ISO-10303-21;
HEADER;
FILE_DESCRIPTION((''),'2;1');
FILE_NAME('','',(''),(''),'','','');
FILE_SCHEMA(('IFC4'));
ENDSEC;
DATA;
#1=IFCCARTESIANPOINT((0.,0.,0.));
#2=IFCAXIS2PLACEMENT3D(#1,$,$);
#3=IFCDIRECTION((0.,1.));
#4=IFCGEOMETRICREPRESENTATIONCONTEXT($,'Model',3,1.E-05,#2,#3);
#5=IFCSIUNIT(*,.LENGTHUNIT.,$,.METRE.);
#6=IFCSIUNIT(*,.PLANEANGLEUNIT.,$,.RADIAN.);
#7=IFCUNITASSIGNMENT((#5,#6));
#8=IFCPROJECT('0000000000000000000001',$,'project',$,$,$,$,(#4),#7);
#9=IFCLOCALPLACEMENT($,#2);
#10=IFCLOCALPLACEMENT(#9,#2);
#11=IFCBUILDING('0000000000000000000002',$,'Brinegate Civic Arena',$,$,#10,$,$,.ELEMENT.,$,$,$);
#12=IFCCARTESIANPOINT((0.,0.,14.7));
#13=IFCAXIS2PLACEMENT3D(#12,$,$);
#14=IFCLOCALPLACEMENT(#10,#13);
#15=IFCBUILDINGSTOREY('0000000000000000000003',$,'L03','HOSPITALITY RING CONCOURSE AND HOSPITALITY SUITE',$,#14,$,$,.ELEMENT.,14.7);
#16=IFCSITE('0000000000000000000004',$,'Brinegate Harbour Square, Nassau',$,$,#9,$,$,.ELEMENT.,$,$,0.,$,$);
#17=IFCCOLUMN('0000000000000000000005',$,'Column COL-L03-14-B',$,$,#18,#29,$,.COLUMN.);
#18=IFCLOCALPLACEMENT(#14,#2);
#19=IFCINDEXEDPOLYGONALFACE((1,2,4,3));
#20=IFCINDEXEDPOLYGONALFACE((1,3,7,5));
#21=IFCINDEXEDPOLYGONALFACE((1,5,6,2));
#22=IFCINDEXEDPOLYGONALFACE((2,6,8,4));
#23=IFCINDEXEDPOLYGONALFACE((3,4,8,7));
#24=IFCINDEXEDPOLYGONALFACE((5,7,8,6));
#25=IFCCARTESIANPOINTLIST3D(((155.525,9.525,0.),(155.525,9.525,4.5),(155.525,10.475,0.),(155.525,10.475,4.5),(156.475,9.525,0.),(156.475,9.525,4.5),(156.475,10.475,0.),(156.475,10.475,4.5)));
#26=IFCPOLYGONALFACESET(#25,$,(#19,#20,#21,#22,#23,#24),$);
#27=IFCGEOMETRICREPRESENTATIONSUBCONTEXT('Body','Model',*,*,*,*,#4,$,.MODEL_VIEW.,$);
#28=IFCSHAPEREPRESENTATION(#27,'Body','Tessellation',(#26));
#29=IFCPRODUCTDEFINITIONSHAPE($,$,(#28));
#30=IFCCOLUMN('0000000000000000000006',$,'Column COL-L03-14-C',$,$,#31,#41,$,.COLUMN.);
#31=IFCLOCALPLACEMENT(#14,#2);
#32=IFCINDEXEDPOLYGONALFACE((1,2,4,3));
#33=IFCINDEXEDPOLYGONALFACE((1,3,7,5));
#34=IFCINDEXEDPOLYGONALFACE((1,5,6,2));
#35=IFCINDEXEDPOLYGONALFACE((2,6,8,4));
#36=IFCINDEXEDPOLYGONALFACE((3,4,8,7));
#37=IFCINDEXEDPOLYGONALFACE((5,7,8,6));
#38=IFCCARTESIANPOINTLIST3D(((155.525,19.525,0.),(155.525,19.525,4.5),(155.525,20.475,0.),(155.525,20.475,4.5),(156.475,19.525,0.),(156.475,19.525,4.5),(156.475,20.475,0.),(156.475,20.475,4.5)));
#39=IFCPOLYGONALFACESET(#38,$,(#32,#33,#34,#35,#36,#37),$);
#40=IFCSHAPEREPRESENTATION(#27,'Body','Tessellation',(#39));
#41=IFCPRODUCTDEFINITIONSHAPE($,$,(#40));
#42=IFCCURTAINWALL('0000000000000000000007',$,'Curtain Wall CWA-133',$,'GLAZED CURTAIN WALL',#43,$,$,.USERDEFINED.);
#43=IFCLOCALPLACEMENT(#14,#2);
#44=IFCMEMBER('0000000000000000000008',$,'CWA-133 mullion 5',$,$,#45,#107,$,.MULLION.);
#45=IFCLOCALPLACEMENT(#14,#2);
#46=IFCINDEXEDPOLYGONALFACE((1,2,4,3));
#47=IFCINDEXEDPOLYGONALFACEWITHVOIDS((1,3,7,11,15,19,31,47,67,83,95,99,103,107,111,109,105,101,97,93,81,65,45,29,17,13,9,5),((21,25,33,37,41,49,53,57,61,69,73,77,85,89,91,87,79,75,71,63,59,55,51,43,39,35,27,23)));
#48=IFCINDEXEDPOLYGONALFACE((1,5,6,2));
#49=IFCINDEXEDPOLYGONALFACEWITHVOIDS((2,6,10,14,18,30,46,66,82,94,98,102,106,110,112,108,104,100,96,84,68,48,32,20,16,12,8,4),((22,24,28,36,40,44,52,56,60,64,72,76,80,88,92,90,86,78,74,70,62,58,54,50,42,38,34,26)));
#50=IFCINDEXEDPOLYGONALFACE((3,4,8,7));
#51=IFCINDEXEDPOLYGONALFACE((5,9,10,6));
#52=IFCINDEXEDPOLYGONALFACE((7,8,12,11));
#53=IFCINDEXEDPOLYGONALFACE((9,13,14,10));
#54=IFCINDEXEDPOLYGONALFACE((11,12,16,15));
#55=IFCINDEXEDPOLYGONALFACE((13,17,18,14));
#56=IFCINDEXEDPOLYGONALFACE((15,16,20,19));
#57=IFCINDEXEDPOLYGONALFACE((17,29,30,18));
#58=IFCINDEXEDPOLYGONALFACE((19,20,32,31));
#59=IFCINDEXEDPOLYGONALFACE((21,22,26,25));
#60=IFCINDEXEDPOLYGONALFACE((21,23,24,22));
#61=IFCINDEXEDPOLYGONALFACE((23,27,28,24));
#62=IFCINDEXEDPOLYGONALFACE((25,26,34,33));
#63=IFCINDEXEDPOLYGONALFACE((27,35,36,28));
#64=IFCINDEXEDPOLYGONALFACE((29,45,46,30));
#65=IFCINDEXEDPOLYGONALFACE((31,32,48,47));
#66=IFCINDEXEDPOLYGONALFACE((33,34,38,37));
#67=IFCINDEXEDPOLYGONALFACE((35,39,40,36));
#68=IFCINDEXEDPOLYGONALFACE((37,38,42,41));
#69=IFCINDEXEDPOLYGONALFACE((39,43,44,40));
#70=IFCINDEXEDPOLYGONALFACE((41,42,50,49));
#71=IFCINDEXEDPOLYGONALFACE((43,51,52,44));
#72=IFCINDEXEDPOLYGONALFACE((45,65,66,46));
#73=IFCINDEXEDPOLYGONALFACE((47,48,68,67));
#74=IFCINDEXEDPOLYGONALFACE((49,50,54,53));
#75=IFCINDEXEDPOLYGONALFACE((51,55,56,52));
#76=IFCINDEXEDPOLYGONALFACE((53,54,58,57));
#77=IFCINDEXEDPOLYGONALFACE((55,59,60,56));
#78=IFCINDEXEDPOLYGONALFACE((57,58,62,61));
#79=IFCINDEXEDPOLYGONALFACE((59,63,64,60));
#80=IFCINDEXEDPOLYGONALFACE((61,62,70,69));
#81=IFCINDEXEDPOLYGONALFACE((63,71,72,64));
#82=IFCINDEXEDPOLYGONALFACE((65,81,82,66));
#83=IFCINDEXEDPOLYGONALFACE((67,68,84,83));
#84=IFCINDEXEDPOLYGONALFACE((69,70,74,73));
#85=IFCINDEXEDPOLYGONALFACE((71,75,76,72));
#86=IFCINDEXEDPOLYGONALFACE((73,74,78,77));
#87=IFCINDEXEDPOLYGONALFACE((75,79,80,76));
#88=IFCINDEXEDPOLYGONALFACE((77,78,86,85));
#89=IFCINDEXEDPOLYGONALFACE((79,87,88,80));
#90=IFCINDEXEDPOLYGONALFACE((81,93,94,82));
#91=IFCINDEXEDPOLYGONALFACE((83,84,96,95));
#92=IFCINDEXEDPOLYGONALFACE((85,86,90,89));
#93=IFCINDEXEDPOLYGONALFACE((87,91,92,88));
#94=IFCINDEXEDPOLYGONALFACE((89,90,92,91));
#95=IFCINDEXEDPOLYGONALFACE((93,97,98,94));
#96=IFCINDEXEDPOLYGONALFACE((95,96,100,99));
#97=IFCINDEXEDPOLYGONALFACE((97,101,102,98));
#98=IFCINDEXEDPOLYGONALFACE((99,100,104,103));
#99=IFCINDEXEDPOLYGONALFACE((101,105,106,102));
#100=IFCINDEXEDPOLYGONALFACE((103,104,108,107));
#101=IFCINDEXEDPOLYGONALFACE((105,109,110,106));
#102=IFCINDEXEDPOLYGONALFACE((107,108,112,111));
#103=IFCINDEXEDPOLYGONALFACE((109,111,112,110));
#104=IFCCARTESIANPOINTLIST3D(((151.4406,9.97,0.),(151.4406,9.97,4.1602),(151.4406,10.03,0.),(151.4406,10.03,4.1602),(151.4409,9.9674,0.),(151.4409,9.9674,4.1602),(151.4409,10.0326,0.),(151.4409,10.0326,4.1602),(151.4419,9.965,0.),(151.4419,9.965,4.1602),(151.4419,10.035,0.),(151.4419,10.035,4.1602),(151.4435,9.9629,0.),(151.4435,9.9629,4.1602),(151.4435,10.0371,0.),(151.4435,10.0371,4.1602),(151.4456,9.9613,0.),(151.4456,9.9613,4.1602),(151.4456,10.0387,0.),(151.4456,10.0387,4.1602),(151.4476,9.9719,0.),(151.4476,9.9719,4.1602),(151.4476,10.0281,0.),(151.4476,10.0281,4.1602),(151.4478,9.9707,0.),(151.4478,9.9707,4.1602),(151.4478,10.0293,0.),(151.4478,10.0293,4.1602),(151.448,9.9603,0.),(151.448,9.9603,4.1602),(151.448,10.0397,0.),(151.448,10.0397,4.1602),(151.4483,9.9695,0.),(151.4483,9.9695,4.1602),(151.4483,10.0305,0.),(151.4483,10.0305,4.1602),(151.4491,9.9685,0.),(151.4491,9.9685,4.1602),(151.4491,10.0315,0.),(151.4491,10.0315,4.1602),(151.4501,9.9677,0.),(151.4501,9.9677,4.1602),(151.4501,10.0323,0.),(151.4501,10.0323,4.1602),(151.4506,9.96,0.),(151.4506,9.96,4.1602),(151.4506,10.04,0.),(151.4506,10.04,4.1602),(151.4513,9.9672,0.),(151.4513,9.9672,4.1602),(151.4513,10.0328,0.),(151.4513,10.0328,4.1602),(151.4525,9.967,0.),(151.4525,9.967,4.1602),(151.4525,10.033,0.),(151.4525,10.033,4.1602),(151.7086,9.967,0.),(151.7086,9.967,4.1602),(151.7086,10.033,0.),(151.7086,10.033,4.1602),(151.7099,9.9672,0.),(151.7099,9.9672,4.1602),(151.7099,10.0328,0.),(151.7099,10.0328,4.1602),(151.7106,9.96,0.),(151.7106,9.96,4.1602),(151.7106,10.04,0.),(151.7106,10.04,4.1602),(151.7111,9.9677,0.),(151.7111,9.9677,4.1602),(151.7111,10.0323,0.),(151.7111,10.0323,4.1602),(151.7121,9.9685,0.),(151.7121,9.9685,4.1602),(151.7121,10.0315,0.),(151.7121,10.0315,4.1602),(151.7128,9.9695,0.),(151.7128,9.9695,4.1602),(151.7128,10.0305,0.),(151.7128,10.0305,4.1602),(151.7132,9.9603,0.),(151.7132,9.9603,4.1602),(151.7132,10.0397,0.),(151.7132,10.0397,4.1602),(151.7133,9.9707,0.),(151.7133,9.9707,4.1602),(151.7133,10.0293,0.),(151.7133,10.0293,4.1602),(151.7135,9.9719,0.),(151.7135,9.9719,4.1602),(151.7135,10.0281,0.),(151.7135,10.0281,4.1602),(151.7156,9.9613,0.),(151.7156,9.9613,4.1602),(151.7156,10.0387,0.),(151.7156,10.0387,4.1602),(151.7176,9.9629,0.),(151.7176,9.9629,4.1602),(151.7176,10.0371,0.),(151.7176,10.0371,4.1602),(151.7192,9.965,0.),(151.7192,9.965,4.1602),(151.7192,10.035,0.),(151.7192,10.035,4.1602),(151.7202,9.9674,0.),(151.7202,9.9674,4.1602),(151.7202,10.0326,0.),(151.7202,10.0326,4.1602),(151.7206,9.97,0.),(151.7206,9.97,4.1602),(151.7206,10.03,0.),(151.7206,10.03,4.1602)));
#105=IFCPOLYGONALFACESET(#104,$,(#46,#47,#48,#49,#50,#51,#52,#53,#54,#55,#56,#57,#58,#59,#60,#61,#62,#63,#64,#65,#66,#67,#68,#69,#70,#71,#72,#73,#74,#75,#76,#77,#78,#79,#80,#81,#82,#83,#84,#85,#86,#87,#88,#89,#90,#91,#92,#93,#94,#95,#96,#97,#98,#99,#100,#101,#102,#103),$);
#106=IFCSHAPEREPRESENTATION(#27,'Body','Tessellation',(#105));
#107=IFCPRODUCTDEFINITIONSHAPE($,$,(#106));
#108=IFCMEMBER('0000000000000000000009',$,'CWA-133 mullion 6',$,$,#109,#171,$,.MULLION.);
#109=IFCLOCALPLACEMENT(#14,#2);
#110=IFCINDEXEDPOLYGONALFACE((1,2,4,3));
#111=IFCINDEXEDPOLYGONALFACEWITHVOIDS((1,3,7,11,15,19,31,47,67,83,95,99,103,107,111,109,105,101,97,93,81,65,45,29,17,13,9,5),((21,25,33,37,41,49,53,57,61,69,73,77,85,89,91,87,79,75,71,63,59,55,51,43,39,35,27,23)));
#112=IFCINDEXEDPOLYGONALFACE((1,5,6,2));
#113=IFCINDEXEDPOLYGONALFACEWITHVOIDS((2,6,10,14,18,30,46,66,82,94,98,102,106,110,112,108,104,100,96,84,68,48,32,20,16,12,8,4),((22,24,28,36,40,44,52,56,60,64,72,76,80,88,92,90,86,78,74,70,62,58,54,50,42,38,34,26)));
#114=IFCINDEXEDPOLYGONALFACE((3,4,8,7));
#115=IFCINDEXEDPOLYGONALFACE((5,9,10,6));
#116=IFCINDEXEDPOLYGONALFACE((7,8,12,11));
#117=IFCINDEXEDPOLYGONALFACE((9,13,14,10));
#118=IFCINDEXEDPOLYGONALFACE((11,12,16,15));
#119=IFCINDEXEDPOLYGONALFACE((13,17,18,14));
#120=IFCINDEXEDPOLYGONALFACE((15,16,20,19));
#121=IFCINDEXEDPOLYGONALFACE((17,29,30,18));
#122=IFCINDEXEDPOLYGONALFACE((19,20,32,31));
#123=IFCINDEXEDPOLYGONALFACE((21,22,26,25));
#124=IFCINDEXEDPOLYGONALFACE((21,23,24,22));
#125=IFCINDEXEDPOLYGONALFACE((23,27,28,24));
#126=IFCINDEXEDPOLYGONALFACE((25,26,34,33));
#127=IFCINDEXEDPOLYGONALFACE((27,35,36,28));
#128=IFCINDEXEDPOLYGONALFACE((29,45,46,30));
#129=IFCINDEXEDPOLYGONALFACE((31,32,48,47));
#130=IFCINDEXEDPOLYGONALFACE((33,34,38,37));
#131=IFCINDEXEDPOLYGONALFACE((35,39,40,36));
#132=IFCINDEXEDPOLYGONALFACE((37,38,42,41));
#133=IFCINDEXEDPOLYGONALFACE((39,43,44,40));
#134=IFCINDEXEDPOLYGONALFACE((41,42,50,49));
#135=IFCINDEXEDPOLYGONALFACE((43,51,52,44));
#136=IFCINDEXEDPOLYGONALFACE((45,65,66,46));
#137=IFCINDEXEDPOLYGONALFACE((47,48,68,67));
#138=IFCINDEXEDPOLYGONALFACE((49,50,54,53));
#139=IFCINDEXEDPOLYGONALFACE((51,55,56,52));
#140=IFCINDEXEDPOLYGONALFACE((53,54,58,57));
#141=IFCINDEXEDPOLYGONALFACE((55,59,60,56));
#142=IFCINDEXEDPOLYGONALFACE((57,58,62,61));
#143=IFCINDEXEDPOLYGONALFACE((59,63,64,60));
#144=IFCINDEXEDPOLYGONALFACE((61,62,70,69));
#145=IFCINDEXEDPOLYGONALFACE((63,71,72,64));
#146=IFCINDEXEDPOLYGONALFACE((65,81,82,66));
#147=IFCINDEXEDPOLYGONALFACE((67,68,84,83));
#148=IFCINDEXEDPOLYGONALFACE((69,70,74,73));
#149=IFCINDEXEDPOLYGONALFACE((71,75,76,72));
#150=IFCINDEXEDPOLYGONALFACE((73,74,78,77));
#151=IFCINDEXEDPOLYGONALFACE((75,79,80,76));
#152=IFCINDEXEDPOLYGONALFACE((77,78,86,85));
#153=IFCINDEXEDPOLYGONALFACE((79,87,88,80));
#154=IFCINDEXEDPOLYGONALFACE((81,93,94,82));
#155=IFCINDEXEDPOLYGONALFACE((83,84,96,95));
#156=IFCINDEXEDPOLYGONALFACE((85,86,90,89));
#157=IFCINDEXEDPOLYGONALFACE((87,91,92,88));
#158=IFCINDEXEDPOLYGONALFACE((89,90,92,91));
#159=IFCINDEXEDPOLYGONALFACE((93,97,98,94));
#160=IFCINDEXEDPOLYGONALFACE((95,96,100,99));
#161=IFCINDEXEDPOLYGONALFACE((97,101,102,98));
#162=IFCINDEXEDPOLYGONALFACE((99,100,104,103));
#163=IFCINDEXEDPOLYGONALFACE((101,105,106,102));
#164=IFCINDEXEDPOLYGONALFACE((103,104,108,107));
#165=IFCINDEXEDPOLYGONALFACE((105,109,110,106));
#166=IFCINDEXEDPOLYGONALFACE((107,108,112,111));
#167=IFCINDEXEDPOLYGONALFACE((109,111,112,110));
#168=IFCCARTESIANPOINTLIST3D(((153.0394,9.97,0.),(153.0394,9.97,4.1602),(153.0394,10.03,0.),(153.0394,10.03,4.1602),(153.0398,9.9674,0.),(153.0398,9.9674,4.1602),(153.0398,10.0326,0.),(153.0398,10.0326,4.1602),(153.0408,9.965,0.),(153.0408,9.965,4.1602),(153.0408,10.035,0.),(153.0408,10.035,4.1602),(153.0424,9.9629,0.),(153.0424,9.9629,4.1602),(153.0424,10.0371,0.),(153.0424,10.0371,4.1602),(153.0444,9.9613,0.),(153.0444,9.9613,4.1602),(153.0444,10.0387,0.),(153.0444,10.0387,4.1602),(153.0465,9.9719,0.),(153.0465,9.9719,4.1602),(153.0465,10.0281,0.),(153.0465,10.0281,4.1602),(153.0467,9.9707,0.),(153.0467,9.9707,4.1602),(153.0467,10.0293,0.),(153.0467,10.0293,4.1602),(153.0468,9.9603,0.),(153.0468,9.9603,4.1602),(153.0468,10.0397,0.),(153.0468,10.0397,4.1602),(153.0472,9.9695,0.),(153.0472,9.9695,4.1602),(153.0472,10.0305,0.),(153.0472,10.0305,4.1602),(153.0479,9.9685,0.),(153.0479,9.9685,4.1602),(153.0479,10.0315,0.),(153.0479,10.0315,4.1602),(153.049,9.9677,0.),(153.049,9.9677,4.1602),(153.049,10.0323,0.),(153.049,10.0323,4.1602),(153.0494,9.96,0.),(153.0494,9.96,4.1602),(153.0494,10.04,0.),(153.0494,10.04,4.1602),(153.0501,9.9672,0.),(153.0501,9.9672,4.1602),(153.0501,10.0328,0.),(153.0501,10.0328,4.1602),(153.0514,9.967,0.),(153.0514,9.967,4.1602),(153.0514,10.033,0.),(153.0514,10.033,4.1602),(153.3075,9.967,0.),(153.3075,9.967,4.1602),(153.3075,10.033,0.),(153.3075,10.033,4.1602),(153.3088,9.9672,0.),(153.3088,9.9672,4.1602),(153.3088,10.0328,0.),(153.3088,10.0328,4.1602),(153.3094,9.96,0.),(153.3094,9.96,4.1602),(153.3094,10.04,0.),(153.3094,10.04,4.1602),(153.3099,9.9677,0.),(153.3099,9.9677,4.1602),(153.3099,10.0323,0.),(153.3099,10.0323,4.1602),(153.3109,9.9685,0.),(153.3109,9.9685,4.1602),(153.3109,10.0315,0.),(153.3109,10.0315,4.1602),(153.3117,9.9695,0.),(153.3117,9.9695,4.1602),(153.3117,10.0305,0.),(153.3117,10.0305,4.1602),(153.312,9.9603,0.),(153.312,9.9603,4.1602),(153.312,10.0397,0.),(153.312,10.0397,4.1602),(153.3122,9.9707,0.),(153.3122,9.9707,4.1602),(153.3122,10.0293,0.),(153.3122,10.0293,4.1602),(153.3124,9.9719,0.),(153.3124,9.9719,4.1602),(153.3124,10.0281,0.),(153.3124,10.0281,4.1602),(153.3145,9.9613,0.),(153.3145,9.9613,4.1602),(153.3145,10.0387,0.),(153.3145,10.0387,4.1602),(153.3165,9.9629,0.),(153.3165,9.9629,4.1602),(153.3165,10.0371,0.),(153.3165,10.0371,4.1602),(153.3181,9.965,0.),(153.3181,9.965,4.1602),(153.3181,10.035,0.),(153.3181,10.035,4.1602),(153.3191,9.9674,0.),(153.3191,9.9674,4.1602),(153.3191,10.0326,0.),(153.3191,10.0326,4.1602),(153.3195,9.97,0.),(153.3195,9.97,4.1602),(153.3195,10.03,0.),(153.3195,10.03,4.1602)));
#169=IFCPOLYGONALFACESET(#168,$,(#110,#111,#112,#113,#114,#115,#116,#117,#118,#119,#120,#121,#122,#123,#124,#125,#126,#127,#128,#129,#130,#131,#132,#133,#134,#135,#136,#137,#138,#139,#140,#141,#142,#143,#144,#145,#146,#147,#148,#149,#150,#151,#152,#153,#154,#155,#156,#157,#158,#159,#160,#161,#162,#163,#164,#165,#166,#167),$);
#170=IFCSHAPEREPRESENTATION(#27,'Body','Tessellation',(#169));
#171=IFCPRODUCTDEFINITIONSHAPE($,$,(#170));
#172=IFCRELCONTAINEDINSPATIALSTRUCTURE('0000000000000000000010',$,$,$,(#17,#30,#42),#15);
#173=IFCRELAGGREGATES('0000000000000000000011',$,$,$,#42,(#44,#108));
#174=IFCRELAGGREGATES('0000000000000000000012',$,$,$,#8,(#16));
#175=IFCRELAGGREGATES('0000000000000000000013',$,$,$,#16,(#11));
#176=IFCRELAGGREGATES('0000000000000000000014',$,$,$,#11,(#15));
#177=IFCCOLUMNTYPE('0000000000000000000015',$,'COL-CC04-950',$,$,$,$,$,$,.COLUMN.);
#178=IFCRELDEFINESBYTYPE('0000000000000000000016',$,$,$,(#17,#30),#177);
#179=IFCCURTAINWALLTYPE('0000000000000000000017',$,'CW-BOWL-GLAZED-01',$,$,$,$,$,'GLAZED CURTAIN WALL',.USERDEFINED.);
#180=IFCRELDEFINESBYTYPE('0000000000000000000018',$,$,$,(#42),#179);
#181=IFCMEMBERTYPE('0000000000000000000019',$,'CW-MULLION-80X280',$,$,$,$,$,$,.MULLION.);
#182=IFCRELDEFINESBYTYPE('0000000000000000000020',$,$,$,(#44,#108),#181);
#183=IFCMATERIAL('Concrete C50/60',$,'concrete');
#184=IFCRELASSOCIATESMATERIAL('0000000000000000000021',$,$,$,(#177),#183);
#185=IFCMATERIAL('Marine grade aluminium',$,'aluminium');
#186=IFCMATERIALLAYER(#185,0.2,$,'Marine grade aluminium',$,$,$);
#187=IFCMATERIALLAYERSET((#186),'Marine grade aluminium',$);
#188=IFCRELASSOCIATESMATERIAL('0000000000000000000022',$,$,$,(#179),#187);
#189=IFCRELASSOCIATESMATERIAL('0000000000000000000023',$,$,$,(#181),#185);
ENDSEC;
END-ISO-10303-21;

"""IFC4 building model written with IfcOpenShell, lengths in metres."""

from ifc_helpers import new_model, si_unit, direction, frame, origin, origin_2d, place, context, subcontext, project, spatial, rectangle, hollow_rectangle, extrude, material, layer, layer_set, material_profile, profile_set, type_object, element, aggregate, save


model = new_model("IFC4")

# Units and contexts
model_context = context("Model", 3, precision=1e-05, world=origin(), true_north=direction((0.0, 1.0)))
body_context = subcontext(model_context, "Body", "Model", "MODEL_VIEW")
ifc_project = project(units=[si_unit("LENGTHUNIT", "METRE"), si_unit("PLANEANGLEUNIT", "RADIAN")], contexts=[model_context])

# Site, building, storey
site_placement = place(None, origin())
site = spatial("IfcSite", under=ifc_project, at=site_placement, Name="Brinegate Harbour Square, Nassau", CompositionType="ELEMENT", RefElevation=0.0)
building_placement = place(site_placement, origin())
building = spatial("IfcBuilding", under=site, at=building_placement, Name="Brinegate Civic Arena", CompositionType="ELEMENT")
storey_placement = place(building_placement, frame((0.0, 0.0, 14.7)))
storey = spatial("IfcBuildingStorey", under=building, at=storey_placement, Name="L03", Description="HOSPITALITY RING CONCOURSE AND HOSPITALITY SUITE", CompositionType="ELEMENT", Elevation=14.7)

# Columns
ifc_material_1 = material(Name="Concrete C50/60", Category="concrete")
ifc_material_profile_1 = material_profile(ifc_material_1, rectangle(XDim=0.95, YDim=0.95, at=origin_2d()), Name="RC950X950")
ifc_profile_set_1 = profile_set([ifc_material_profile_1], Name="Concrete C50/60")
column_type = type_object("IfcColumnType", Name="COL-CC04-950", PredefinedType="COLUMN", material=ifc_profile_set_1)
for number, where, z_axis, x_axis, name in (
    (1, (156.0, 10.0, 0.0), (0.0, 0.0, 1.0), (1.0, 0.0, 0.0), "Column COL-L03-14-B"),
    (2, (156.0, 20.0, 0.0), (0.0, 0.0, 1.0), (1.0, 0.0, 0.0), "Column COL-L03-14-C"),
):
    element("IfcColumn", number, at=place(storey_placement, frame(where, z_axis=z_axis, x_axis=x_axis)), inside=storey, type_object=column_type, Name=name, PredefinedType="COLUMN", context=body_context, shape_type="SweptSolid", body=[
        extrude(rectangle(XDim=0.95, YDim=0.95, at=origin_2d()), origin(), (0.0, 0.0, 1.0), 4.5),
    ])

# Curtain wall, members
ifc_material_2 = material(Name="Marine grade aluminium", Category="aluminium")
ifc_layer_1 = layer(ifc_material_2, 0.2, Name="Marine grade aluminium")
ifc_layer_set_1 = layer_set([ifc_layer_1], Name="Marine grade aluminium")
curtain_wall_type = type_object("IfcCurtainWallType", Name="CW-BOWL-GLAZED-01", ElementType="GLAZED CURTAIN WALL", PredefinedType="USERDEFINED", material=ifc_layer_set_1)
curtain_wall_placement = place(storey_placement, origin())
curtain_wall = element("IfcCurtainWall", 3, at=curtain_wall_placement, inside=storey, type_object=curtain_wall_type, Name="Curtain Wall CWA-133", ObjectType="GLAZED CURTAIN WALL", PredefinedType="USERDEFINED")
ifc_material_profile_2 = material_profile(ifc_material_2, hollow_rectangle(XDim=0.0801, YDim=0.28, WallThickness=0.0071, InnerFilletRadius=0.0049, OuterFilletRadius=0.01, at=origin_2d()), Name="MUL80X280")
ifc_profile_set_2 = profile_set([ifc_material_profile_2], Name="Marine grade aluminium")
member_type_1 = type_object("IfcMemberType", Name="CW-MULLION-80X280", PredefinedType="MULLION", material=ifc_profile_set_2)
member_1_placement = place(storey_placement, frame((151.5806, 10.0, 0.0), z_axis=(0.0, 0.0, 1.0), x_axis=(0.0, 1.0, 0.0)))
member_1 = element("IfcMember", 4, at=member_1_placement, type_object=member_type_1, Name="CWA-133 mullion 5", PredefinedType="MULLION", context=body_context, shape_type="SweptSolid", body=[
    extrude(hollow_rectangle(XDim=0.0801, YDim=0.28, WallThickness=0.0071, InnerFilletRadius=0.0049, OuterFilletRadius=0.01, at=origin_2d()), origin(), (0.0, 0.0, 1.0), 4.1602),
])
member_2_placement = place(storey_placement, frame((153.1794, 10.0, 0.0), z_axis=(0.0, 0.0, 1.0), x_axis=(0.0, 1.0, 0.0)))
member_2 = element("IfcMember", 5, at=member_2_placement, type_object=member_type_1, Name="CWA-133 mullion 6", PredefinedType="MULLION", context=body_context, shape_type="SweptSolid", body=[
    extrude(hollow_rectangle(XDim=0.0801, YDim=0.28, WallThickness=0.0071, InnerFilletRadius=0.0049, OuterFilletRadius=0.01, at=origin_2d()), origin(), (0.0, 0.0, 1.0), 4.1602),
])

aggregate(curtain_wall, [member_1, member_2])

save(model, "model.ifc")
